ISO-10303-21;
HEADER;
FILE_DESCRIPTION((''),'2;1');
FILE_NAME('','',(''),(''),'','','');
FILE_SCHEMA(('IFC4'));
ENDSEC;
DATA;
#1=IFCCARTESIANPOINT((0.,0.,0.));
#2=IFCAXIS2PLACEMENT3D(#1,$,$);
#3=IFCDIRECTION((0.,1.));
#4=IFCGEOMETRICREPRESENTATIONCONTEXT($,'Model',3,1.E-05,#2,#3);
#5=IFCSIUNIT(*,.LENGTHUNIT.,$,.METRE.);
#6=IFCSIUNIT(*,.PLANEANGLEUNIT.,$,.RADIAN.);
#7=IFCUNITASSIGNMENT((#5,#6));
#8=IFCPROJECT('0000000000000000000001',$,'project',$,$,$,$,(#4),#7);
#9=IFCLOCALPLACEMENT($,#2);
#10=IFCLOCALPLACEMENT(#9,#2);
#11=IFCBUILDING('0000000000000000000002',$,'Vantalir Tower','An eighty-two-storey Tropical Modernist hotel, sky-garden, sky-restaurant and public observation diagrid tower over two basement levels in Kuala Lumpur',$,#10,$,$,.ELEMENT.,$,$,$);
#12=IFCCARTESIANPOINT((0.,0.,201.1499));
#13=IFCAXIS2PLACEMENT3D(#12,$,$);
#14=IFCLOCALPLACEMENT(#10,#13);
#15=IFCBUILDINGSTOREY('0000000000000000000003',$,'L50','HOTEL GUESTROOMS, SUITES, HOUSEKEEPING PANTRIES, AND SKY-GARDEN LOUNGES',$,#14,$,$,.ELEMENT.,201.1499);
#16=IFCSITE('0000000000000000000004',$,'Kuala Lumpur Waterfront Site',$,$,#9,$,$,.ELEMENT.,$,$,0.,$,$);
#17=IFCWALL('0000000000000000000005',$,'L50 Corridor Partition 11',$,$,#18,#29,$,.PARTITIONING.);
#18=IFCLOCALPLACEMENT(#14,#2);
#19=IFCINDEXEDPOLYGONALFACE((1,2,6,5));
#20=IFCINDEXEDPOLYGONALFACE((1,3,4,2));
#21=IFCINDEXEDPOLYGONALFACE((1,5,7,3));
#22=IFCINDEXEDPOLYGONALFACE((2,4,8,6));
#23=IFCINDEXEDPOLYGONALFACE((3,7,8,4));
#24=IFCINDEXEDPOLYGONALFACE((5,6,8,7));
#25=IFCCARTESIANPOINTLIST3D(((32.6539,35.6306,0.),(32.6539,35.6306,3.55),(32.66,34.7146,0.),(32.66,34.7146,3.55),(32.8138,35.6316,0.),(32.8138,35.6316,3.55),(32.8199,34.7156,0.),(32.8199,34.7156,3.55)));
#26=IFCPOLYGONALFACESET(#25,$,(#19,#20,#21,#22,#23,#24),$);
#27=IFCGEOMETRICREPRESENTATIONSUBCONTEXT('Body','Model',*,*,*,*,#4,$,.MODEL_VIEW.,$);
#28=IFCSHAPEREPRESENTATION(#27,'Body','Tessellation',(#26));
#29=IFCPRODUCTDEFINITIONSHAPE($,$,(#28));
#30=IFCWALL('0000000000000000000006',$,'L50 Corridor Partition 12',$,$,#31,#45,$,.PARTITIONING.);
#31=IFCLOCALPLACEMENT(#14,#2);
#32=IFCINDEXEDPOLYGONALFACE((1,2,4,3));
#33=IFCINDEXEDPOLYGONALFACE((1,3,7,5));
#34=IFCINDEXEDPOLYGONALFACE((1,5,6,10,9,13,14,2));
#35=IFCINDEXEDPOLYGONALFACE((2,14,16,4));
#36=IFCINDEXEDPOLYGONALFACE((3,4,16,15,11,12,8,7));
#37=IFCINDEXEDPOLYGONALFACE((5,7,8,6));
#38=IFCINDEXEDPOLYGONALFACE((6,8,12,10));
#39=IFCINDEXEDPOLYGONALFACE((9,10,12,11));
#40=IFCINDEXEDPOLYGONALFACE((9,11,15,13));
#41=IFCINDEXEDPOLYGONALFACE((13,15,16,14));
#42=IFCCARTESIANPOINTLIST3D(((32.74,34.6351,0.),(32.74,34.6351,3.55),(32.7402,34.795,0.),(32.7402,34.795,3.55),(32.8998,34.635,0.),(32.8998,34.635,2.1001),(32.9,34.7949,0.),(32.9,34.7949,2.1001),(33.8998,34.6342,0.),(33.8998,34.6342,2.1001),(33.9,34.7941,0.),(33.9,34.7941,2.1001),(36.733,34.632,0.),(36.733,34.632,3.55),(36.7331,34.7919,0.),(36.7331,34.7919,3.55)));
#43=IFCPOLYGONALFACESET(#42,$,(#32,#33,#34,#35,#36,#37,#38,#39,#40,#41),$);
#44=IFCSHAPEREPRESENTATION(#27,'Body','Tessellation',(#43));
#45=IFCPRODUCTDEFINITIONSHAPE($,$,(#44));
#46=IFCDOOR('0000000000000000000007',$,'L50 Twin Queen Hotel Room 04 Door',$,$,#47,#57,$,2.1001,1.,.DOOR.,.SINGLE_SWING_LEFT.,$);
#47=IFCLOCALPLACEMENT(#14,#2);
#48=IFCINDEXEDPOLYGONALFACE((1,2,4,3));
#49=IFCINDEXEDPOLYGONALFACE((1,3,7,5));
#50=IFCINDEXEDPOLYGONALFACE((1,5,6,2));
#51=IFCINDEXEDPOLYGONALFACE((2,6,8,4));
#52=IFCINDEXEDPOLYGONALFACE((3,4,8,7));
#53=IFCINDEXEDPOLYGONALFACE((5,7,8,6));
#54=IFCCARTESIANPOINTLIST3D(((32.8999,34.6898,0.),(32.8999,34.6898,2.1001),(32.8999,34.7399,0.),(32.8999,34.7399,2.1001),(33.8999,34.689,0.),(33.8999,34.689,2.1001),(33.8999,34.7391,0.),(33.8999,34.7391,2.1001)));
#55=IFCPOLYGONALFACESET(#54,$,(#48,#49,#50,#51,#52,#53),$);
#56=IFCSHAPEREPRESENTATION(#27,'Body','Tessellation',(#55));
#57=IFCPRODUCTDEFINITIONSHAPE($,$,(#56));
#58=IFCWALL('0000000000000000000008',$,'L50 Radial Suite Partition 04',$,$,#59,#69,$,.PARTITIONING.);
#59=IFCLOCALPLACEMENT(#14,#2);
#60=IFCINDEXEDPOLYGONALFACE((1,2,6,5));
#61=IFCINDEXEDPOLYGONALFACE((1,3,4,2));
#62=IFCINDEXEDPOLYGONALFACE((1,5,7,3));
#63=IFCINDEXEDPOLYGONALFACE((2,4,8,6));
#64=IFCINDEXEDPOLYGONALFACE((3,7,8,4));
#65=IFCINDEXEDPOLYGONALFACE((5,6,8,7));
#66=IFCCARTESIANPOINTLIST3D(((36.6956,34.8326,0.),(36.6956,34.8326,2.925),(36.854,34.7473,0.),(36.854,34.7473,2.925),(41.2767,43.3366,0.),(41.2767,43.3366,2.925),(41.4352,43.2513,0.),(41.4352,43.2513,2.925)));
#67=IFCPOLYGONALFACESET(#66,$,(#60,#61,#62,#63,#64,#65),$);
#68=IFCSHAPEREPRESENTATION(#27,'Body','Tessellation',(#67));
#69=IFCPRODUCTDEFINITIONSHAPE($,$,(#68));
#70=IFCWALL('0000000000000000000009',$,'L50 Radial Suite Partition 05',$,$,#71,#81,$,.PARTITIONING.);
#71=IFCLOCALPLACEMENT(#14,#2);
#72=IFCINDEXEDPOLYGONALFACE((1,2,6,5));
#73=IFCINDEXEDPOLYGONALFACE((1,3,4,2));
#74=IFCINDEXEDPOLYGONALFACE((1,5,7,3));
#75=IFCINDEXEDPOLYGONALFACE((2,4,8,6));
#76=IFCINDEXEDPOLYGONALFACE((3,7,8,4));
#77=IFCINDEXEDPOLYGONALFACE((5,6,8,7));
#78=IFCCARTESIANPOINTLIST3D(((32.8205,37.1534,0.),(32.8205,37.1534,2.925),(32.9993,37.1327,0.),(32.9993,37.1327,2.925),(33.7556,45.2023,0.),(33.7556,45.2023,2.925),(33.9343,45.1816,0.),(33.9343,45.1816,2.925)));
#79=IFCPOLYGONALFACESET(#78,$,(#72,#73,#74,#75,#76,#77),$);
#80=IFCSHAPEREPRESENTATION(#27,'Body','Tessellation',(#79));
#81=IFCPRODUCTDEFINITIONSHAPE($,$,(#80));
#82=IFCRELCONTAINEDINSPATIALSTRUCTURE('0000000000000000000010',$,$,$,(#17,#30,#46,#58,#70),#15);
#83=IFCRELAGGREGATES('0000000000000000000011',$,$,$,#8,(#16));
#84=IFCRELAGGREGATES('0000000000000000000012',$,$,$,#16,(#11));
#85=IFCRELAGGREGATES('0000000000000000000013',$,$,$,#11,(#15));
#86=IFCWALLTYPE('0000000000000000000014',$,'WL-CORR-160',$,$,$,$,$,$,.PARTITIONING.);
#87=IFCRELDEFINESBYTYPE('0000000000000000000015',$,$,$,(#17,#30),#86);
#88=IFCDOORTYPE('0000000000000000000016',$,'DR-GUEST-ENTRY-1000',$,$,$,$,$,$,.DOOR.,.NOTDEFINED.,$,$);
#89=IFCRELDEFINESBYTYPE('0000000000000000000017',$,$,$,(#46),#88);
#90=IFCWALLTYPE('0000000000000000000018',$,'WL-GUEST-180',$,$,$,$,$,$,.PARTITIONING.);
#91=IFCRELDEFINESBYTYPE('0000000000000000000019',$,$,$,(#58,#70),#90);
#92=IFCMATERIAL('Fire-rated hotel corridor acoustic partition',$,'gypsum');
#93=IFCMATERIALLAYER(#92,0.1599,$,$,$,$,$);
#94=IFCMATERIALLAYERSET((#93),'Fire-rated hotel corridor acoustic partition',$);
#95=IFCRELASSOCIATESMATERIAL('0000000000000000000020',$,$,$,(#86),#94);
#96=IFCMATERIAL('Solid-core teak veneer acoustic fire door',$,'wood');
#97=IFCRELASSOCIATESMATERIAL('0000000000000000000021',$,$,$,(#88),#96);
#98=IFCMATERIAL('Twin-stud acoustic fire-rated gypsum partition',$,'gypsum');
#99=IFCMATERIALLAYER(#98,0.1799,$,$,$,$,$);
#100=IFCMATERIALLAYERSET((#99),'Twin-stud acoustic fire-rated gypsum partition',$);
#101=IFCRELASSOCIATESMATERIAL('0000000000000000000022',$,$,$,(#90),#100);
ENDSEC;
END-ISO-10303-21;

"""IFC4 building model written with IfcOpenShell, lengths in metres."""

from ifc_helpers import new_model, si_unit, direction, frame, frame_2d, origin, place, context, subcontext, project, spatial, rectangle, extrude, material, layer, layer_set, type_object, element, fill, save


model = new_model("IFC4")

# Units and contexts
model_context = context("Model", 3, precision=1e-05, world=origin(), true_north=direction((0.0, 1.0)))
body_context = subcontext(model_context, "Body", "Model", "MODEL_VIEW")
ifc_project = project(units=[si_unit("LENGTHUNIT", "METRE"), si_unit("PLANEANGLEUNIT", "RADIAN")], contexts=[model_context])

# Site, building, storey
site_placement = place(None, origin())
site = spatial("IfcSite", under=ifc_project, at=site_placement, Name="Kuala Lumpur Waterfront Site", CompositionType="ELEMENT", RefElevation=0.0)
building_placement = place(site_placement, origin())
building = spatial("IfcBuilding", under=site, at=building_placement, Name="Vantalir Tower", Description="An eighty-two-storey Tropical Modernist hotel, sky-garden, sky-restaurant and public observation diagrid tower over two basement levels in Kuala Lumpur", CompositionType="ELEMENT")
storey_placement = place(building_placement, frame((0.0, 0.0, 201.1499)))
storey = spatial("IfcBuildingStorey", under=building, at=storey_placement, Name="L50", Description="HOTEL GUESTROOMS, SUITES, HOUSEKEEPING PANTRIES, AND SKY-GARDEN LOUNGES", CompositionType="ELEMENT", Elevation=201.1499)

# Wall
ifc_material_1 = material(Name="Fire-rated hotel corridor acoustic partition", Category="gypsum")
ifc_layer_1 = layer(ifc_material_1, 0.1599)
ifc_layer_set_1 = layer_set([ifc_layer_1], Name="Fire-rated hotel corridor acoustic partition")
wall_type_1 = type_object("IfcWallType", Name="WL-CORR-160", PredefinedType="PARTITIONING", material=ifc_layer_set_1)
wall_1_placement = place(storey_placement, frame((32.7339, 35.6311, 0.0), z_axis=(0.0, 0.0, 1.0), x_axis=(0.006663, -0.999978, 0.0)))
element("IfcWall", 1, at=wall_1_placement, inside=storey, type_object=wall_type_1, Name="L50 Corridor Partition 11", PredefinedType="PARTITIONING", context=body_context, shape_type="SweptSolid", body=[
    extrude(rectangle(XDim=0.916, YDim=0.1599, at=frame_2d((0.458, 0.0))), origin(), (0.0, 0.0, 1.0), 3.55),
])

# Wall, opening, door
wall_2_placement = place(storey_placement, frame((32.74, 34.7151, 0.0), z_axis=(0.0, 0.0, 1.0), x_axis=(1.0, -0.000795, 0.0)))
wall_2 = element("IfcWall", 2, at=wall_2_placement, inside=storey, type_object=wall_type_1, Name="L50 Corridor Partition 12", PredefinedType="PARTITIONING", context=body_context, shape_type="SweptSolid", body=[
    extrude(rectangle(XDim=3.9929, YDim=0.1599, at=frame_2d((1.9966, 0.0))), origin(), (0.0, 0.0, 1.0), 3.55),
])
opening_1_placement = place(wall_2_placement, frame((0.1599, 0.0, 0.0)))
opening_1 = element("IfcOpeningElement", 3, at=opening_1_placement, cuts=wall_2, PredefinedType="OPENING", context=body_context, shape_type="SweptSolid", body=[
    extrude(rectangle(XDim=1.0, YDim=2.1001, at=frame_2d((0.5, 1.05))), frame((0.0, 0.0898, 0.0), z_axis=(0.0, -1.0, 0.0), x_axis=(1.0, 0.0, 0.0)), (0.0, 0.0, 1.0), 0.1799),
])
ifc_material_2 = material(Name="Solid-core teak veneer acoustic fire door", Category="wood")
door_type_1 = type_object("IfcDoorType", Name="DR-GUEST-ENTRY-1000", OperationType="NOTDEFINED", PredefinedType="DOOR", material=ifc_material_2)
door_1_placement = place(opening_1_placement, origin())
door_1 = element("IfcDoor", 4, at=door_1_placement, inside=storey, type_object=door_type_1, Name="L50 Twin Queen Hotel Room 04 Door", OperationType="SINGLE_SWING_LEFT", OverallHeight=2.1001, OverallWidth=1.0, PredefinedType="DOOR", context=body_context, shape_type="SweptSolid", body=[
    extrude(rectangle(XDim=1.0, YDim=2.1001, at=frame_2d((0.5, 1.05))), frame((0.0, 0.0249, 0.0), z_axis=(0.0, -1.0, 0.0), x_axis=(1.0, 0.0, 0.0)), (0.0, 0.0, 1.0), 0.05),
])
fill(opening_1, door_1)

# Walls
ifc_material_3 = material(Name="Twin-stud acoustic fire-rated gypsum partition", Category="gypsum")
ifc_layer_2 = layer(ifc_material_3, 0.1799)
ifc_layer_set_2 = layer_set([ifc_layer_2], Name="Twin-stud acoustic fire-rated gypsum partition")
wall_type_2 = type_object("IfcWallType", Name="WL-GUEST-180", PredefinedType="PARTITIONING", material=ifc_layer_set_2)
wall_3_placement = place(storey_placement, frame((36.7749, 34.79, 0.0), z_axis=(0.0, 0.0, 1.0), x_axis=(0.474263, 0.880383, 0.0)))
element("IfcWall", 5, at=wall_3_placement, inside=storey, type_object=wall_type_2, Name="L50 Radial Suite Partition 04", PredefinedType="PARTITIONING", context=body_context, shape_type="SweptSolid", body=[
    extrude(rectangle(XDim=9.6594, YDim=0.1799, at=frame_2d((4.8296, 0.0))), origin(), (0.0, 0.0, 1.0), 2.925),
])
wall_4_placement = place(storey_placement, frame((32.9099, 37.1431, 0.0), z_axis=(0.0, 0.0, 1.0), x_axis=(0.115397, 0.993319, 0.0)))
element("IfcWall", 6, at=wall_4_placement, inside=storey, type_object=wall_type_2, Name="L50 Radial Suite Partition 05", PredefinedType="PARTITIONING", context=body_context, shape_type="SweptSolid", body=[
    extrude(rectangle(XDim=8.103, YDim=0.1799, at=frame_2d((4.0515, 0.0))), origin(), (0.0, 0.0, 1.0), 2.925),
])

save(model, "model.ifc")
